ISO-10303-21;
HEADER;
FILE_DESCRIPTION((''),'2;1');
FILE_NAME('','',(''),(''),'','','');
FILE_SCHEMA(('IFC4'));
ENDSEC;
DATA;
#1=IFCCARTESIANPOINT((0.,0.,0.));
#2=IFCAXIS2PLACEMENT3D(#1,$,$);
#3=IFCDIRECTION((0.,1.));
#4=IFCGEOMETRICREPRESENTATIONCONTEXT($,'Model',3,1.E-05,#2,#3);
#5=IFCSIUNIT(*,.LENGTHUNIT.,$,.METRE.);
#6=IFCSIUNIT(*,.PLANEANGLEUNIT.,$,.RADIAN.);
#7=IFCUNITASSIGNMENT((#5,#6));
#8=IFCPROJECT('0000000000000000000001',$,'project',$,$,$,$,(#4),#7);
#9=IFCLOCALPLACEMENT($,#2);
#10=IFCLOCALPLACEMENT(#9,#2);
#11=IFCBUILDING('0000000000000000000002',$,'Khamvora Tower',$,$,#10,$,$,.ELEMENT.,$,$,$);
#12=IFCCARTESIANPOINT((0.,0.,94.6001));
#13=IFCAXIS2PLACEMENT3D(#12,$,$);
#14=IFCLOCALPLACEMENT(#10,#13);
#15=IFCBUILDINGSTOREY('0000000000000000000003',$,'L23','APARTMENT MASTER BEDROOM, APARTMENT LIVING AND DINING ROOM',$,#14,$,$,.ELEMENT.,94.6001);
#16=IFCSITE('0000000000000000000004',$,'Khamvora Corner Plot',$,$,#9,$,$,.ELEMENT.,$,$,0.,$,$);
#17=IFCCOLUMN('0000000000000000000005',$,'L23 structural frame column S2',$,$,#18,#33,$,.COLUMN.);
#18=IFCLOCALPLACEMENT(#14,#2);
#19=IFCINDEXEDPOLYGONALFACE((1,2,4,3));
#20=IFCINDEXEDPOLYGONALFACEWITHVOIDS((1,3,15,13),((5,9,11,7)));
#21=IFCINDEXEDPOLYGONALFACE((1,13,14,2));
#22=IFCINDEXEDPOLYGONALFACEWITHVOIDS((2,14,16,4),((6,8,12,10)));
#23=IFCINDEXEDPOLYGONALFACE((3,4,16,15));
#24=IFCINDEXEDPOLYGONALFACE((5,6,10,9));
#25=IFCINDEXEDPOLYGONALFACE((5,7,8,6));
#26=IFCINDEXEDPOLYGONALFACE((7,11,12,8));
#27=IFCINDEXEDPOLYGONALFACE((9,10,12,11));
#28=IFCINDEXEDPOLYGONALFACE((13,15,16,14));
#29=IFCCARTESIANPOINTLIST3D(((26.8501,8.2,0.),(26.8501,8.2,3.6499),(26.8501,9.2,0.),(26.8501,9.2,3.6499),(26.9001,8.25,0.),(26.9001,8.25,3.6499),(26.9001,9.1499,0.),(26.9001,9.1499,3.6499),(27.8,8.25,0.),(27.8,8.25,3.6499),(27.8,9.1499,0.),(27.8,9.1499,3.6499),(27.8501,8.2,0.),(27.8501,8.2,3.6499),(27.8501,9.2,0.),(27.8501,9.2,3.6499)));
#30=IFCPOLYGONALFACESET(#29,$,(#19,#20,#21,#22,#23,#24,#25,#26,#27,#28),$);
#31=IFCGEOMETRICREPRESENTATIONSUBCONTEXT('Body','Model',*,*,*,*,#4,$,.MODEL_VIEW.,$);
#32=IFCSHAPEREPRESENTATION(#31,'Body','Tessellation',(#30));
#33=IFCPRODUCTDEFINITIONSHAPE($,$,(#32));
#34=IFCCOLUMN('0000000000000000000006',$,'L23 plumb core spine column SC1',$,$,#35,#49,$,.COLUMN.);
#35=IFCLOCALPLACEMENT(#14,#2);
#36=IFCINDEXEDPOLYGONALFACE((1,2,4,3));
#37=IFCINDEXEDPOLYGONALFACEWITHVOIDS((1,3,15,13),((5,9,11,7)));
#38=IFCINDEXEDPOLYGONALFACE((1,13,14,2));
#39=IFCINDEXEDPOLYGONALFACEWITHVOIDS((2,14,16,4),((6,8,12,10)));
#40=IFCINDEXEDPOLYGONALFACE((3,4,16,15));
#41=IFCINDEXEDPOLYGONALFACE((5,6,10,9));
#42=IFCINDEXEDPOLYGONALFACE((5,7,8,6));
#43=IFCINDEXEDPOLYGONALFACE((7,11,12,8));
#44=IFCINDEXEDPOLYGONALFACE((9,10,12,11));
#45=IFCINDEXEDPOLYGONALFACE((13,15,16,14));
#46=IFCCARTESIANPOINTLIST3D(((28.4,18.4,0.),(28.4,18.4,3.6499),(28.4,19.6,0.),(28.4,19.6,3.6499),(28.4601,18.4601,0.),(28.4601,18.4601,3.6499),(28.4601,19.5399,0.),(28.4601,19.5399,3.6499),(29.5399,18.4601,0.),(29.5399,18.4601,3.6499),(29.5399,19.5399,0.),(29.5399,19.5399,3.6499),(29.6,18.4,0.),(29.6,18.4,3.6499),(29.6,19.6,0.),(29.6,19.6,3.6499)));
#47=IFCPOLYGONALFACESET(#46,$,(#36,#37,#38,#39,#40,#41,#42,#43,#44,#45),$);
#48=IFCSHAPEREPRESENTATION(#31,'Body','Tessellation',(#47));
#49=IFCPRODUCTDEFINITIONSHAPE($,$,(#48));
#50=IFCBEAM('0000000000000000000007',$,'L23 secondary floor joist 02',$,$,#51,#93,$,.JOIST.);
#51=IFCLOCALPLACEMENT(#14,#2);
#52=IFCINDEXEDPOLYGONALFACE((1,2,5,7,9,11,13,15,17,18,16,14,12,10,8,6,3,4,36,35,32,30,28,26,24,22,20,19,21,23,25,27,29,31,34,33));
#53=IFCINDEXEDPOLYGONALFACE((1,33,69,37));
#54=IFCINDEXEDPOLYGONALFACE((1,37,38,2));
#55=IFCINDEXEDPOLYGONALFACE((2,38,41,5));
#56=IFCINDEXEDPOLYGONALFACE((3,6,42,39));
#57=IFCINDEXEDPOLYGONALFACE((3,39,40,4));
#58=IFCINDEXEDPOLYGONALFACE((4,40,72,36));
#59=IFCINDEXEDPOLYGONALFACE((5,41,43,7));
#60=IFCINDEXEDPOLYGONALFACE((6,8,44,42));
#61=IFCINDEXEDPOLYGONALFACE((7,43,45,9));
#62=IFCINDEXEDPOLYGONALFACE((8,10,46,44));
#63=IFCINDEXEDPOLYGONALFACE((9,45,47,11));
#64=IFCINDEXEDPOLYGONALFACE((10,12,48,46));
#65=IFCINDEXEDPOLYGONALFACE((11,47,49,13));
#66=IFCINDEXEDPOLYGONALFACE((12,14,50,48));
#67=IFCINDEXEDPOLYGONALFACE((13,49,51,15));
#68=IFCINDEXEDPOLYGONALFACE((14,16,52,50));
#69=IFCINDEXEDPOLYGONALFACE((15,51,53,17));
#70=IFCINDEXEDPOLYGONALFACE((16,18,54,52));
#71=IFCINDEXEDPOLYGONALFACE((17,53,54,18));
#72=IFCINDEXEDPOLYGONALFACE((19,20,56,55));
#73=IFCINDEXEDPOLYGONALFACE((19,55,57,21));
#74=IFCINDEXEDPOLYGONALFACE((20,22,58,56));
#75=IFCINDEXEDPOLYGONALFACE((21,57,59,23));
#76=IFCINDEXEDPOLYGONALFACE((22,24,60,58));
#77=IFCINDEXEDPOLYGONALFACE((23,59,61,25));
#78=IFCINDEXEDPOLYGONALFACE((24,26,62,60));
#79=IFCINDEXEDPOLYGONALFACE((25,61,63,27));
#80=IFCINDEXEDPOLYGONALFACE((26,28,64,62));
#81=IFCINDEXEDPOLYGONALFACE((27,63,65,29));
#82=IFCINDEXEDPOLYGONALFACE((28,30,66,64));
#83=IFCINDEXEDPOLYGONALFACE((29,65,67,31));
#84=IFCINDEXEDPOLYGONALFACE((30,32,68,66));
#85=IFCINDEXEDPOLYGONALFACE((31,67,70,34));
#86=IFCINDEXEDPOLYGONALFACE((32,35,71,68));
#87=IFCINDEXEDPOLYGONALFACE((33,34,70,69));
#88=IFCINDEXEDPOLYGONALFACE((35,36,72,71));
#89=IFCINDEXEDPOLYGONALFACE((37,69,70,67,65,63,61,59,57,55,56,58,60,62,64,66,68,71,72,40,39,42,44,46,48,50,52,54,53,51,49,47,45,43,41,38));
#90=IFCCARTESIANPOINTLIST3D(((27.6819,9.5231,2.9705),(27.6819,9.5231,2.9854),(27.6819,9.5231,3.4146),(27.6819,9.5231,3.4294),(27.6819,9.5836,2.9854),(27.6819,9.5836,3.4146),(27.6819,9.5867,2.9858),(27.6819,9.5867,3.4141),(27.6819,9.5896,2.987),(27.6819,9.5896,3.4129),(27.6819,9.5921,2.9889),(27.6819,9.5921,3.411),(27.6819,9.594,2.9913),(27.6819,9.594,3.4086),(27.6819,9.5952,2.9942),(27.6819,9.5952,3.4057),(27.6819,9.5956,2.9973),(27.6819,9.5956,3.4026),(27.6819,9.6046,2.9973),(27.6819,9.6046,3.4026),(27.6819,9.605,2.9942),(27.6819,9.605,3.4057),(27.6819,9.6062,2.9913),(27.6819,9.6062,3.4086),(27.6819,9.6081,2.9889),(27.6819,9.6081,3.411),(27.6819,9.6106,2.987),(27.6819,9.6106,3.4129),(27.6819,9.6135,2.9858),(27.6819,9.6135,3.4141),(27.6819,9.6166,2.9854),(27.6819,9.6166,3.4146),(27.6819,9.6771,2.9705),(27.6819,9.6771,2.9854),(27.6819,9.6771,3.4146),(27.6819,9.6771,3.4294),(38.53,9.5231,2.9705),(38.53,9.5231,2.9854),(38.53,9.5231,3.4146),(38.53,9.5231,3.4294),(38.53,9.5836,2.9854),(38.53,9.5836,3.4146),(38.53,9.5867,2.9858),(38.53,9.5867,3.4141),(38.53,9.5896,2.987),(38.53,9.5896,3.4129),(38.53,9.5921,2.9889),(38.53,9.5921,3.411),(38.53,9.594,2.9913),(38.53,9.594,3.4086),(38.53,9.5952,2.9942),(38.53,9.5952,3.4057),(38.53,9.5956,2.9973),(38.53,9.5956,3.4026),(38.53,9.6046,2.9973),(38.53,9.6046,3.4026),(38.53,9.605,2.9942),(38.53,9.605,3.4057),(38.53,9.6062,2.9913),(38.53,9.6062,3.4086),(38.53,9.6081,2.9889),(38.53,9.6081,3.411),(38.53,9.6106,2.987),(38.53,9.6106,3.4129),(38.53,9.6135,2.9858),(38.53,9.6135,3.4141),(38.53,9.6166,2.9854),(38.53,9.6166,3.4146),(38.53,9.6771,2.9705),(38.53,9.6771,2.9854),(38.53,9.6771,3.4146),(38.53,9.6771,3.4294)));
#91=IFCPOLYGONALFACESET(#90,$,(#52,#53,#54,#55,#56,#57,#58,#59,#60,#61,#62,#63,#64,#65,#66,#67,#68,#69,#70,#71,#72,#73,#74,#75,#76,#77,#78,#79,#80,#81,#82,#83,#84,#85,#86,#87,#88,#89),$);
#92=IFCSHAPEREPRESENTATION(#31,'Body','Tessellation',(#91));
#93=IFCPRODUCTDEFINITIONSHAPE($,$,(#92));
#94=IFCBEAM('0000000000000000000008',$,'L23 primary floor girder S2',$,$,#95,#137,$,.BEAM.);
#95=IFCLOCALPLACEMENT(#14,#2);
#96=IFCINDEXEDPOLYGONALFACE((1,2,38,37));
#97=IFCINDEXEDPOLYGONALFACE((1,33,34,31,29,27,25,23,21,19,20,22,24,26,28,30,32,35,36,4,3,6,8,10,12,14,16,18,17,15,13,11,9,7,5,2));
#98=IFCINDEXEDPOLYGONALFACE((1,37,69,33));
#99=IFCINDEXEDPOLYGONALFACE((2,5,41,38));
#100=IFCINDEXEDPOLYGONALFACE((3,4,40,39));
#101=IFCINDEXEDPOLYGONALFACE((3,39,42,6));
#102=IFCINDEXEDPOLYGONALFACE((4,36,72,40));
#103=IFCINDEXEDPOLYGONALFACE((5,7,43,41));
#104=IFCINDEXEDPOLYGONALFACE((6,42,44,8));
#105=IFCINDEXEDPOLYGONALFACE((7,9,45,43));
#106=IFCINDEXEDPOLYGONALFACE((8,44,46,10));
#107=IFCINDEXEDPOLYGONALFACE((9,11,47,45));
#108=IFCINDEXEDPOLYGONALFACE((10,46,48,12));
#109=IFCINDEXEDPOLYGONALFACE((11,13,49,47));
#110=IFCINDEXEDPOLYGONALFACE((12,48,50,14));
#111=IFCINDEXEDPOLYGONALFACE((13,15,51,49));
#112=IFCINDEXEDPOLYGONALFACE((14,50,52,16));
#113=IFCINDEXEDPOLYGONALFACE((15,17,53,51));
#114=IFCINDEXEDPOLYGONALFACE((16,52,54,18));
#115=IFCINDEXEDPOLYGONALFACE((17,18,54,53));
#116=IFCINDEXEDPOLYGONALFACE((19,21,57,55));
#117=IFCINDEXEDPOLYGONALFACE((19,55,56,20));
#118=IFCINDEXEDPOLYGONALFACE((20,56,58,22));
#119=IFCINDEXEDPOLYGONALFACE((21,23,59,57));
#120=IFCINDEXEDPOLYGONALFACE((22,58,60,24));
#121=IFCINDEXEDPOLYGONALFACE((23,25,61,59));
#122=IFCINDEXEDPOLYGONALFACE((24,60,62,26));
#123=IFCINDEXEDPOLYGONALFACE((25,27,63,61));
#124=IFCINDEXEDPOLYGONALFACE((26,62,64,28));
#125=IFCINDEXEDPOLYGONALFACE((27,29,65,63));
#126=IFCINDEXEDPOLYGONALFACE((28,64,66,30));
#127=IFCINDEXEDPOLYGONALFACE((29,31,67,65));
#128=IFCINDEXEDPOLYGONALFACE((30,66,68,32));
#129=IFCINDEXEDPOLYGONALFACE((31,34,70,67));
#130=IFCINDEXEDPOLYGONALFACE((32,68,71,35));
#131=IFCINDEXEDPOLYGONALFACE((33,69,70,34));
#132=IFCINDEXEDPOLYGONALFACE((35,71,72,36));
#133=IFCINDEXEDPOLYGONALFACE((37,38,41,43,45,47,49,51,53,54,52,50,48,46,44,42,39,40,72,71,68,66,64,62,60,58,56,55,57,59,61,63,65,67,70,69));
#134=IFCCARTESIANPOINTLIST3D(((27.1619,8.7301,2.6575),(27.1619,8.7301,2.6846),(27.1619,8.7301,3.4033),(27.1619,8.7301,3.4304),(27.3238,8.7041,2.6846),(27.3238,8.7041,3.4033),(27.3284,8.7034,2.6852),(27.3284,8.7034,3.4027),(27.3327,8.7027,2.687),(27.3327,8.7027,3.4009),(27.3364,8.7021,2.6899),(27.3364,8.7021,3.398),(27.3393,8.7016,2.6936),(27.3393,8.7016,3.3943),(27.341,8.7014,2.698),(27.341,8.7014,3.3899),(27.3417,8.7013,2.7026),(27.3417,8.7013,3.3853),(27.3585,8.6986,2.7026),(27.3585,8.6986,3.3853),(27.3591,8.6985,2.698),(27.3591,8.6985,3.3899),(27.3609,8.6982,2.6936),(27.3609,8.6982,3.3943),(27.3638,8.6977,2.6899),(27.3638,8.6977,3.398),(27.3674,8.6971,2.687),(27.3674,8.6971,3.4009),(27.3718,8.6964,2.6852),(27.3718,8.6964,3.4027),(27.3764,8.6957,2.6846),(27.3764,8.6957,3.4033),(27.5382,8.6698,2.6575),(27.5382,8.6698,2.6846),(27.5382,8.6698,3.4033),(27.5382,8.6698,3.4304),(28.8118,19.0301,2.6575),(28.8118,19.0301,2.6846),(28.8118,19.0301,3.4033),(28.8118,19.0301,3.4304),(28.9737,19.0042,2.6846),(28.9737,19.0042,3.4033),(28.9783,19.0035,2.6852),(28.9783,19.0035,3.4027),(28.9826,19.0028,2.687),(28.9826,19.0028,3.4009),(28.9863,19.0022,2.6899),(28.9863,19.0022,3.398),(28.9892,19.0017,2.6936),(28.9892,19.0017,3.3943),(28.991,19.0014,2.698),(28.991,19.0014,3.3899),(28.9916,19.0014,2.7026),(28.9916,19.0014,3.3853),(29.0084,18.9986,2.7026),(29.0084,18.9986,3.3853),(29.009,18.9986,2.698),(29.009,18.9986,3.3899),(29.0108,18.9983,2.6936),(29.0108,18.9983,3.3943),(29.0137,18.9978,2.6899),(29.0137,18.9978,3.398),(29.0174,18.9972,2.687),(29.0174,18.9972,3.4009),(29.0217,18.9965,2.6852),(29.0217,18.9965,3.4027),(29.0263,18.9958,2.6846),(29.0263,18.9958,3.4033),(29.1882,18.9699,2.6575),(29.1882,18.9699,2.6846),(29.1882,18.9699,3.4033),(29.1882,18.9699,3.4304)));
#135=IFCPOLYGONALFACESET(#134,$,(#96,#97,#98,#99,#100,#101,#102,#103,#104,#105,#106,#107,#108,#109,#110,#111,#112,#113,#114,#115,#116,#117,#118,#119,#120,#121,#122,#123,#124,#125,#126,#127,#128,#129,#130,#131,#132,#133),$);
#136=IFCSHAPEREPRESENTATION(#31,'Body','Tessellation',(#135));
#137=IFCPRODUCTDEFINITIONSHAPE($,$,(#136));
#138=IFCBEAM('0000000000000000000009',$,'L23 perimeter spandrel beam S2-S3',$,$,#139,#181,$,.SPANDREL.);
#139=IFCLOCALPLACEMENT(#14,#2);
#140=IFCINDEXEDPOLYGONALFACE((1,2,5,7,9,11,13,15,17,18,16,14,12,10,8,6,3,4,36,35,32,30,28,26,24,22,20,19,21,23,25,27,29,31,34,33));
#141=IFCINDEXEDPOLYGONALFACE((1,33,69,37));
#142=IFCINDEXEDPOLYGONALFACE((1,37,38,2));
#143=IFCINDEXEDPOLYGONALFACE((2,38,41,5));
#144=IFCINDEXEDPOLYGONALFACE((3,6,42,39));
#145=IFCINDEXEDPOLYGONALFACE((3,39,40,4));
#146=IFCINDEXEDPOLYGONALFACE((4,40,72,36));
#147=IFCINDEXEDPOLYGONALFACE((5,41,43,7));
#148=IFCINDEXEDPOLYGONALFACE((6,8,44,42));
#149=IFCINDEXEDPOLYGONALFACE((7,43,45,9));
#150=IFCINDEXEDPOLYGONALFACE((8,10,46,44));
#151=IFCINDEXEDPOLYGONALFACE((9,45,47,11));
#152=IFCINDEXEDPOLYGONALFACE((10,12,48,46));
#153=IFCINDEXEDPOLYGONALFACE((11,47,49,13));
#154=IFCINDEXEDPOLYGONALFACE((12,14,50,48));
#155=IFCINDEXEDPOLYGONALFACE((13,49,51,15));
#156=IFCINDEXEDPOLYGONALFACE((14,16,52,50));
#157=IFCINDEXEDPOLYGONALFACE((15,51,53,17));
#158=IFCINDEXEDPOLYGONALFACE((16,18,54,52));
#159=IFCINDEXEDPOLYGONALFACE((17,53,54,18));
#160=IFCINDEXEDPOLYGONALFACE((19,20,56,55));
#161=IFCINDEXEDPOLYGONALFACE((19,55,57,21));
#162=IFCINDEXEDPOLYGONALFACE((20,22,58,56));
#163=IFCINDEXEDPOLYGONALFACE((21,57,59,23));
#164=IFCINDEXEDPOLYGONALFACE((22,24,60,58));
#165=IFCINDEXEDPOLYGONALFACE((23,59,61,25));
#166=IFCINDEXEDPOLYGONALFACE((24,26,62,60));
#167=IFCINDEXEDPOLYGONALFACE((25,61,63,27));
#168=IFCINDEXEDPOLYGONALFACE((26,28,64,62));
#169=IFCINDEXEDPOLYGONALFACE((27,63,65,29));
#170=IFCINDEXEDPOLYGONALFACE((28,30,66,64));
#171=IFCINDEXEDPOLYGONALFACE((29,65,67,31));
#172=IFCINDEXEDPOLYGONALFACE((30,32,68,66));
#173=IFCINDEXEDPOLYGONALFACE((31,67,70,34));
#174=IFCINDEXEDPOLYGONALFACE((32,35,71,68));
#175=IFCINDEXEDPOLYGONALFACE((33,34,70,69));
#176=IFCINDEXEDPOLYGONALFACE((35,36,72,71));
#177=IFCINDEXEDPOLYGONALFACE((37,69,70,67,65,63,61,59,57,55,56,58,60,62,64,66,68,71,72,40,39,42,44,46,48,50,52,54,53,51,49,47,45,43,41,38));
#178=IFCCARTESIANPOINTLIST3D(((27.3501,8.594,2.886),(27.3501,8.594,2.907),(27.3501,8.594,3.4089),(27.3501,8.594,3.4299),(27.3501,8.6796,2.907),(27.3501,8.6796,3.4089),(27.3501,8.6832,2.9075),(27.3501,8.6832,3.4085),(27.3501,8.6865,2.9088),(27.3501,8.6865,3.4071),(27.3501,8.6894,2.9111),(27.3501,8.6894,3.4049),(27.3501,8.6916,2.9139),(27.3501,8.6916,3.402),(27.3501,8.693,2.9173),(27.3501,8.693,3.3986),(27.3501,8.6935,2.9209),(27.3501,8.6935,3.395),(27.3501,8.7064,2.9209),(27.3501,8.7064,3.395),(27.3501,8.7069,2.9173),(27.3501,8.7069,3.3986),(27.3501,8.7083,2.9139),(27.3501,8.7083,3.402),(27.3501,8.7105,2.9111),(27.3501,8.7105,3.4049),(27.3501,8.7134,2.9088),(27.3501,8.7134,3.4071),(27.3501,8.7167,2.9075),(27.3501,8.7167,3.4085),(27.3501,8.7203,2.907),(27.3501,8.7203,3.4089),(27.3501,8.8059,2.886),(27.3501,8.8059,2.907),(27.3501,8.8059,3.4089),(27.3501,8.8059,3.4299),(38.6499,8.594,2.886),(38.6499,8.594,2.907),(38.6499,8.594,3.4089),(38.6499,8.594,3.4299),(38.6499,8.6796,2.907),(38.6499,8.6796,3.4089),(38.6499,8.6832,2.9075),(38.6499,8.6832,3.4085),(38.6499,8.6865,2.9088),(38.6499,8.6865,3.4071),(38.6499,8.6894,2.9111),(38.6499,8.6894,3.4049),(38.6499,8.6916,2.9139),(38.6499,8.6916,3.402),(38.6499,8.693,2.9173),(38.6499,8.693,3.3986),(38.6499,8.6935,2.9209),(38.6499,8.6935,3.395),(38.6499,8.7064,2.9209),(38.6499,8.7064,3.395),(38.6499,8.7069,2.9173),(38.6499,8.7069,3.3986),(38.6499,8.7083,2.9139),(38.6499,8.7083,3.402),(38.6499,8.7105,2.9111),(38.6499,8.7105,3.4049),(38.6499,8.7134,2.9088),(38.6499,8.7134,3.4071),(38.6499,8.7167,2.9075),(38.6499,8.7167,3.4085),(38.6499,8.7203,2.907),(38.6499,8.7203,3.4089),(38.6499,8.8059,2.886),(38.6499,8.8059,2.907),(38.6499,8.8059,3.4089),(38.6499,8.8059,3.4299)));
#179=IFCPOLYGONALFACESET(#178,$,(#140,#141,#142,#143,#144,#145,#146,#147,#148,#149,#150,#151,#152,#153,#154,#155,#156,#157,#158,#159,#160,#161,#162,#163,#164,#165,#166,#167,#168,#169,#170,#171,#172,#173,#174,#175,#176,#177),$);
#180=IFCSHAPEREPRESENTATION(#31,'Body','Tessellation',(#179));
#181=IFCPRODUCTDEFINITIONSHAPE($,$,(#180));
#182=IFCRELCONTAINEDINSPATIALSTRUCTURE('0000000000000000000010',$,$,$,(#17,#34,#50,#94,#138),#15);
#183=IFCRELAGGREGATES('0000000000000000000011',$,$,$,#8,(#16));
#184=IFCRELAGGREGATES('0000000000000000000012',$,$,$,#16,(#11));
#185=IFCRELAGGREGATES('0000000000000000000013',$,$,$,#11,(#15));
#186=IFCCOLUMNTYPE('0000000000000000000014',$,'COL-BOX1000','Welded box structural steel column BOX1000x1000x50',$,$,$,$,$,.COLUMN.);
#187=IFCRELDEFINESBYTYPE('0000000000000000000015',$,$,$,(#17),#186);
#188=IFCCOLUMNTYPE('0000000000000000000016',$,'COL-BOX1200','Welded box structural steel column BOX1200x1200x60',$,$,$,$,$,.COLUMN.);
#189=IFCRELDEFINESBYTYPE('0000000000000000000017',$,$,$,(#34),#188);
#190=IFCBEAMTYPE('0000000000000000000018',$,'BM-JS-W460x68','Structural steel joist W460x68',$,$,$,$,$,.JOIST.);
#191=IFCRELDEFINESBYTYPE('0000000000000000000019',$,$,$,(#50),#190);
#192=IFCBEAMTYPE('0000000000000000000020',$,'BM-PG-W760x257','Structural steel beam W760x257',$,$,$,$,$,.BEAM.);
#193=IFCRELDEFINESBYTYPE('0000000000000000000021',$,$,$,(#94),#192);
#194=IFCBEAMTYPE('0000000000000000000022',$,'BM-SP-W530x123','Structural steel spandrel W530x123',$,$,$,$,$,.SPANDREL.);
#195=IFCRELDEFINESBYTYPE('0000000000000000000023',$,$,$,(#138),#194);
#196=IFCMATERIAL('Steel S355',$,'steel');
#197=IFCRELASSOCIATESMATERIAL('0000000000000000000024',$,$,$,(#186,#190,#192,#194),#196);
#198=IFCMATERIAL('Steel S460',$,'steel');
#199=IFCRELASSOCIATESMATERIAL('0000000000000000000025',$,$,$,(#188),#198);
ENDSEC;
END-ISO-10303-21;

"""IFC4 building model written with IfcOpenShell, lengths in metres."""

from ifc_helpers import new_model, si_unit, direction, frame, origin, origin_2d, place, context, subcontext, project, spatial, hollow_rectangle, i_section, extrude, material, material_profile, profile_set, type_object, element, save


model = new_model("IFC4")

# Units and contexts
model_context = context("Model", 3, precision=1e-05, world=origin(), true_north=direction((0.0, 1.0)))
body_context = subcontext(model_context, "Body", "Model", "MODEL_VIEW")
ifc_project = project(units=[si_unit("LENGTHUNIT", "METRE"), si_unit("PLANEANGLEUNIT", "RADIAN")], contexts=[model_context])

# Site, building, storey
site_placement = place(None, origin())
site = spatial("IfcSite", under=ifc_project, at=site_placement, Name="Khamvora Corner Plot", CompositionType="ELEMENT", RefElevation=0.0)
building_placement = place(site_placement, origin())
building = spatial("IfcBuilding", under=site, at=building_placement, Name="Khamvora Tower", CompositionType="ELEMENT")
storey_placement = place(building_placement, frame((0.0, 0.0, 94.6001)))
storey = spatial("IfcBuildingStorey", under=building, at=storey_placement, Name="L23", Description="APARTMENT MASTER BEDROOM, APARTMENT LIVING AND DINING ROOM", CompositionType="ELEMENT", Elevation=94.6001)

# Columns
ifc_material_1 = material(Name="Steel S355", Category="steel")
ifc_material_profile_1 = material_profile(ifc_material_1, hollow_rectangle(XDim=1.0, YDim=1.0, WallThickness=0.05, at=origin_2d()), Name="BOX1000x1000x50")
ifc_profile_set_1 = profile_set([ifc_material_profile_1], Name="Steel S355")
column_type_1 = type_object("IfcColumnType", Name="COL-BOX1000", Description="Welded box structural steel column BOX1000x1000x50", PredefinedType="COLUMN", material=ifc_profile_set_1)
column_1_placement = place(storey_placement, frame((27.3501, 8.7, 0.0), z_axis=(0.0, 0.0, 1.0), x_axis=(1.0, 0.0, 0.0)))
element("IfcColumn", 1, at=column_1_placement, inside=storey, type_object=column_type_1, Name="L23 structural frame column S2", PredefinedType="COLUMN", context=body_context, shape_type="SweptSolid", body=[
    extrude(hollow_rectangle(XDim=1.0, YDim=1.0, WallThickness=0.05, at=origin_2d()), origin(), (0.0, 0.0, 1.0), 3.6499),
])
ifc_material_2 = material(Name="Steel S460", Category="steel")
ifc_material_profile_2 = material_profile(ifc_material_2, hollow_rectangle(XDim=1.2, YDim=1.2, WallThickness=0.0601, at=origin_2d()), Name="BOX1200x1200x60")
ifc_profile_set_2 = profile_set([ifc_material_profile_2], Name="Steel S460")
column_type_2 = type_object("IfcColumnType", Name="COL-BOX1200", Description="Welded box structural steel column BOX1200x1200x60", PredefinedType="COLUMN", material=ifc_profile_set_2)
column_2_placement = place(storey_placement, frame((29.0, 19.0, 0.0), z_axis=(0.0, 0.0, 1.0), x_axis=(1.0, 0.0, 0.0)))
element("IfcColumn", 2, at=column_2_placement, inside=storey, type_object=column_type_2, Name="L23 plumb core spine column SC1", PredefinedType="COLUMN", context=body_context, shape_type="SweptSolid", body=[
    extrude(hollow_rectangle(XDim=1.2, YDim=1.2, WallThickness=0.0601, at=origin_2d()), origin(), (0.0, 0.0, 1.0), 3.6499),
])

# Beams
ifc_material_profile_3 = material_profile(ifc_material_1, i_section(OverallWidth=0.1541, OverallDepth=0.459, WebThickness=0.009, FlangeThickness=0.0149, FilletRadius=0.012, at=origin_2d()), Name="W460x68")
ifc_profile_set_3 = profile_set([ifc_material_profile_3], Name="Steel S355")
beam_type_1 = type_object("IfcBeamType", Name="BM-JS-W460x68", Description="Structural steel joist W460x68", PredefinedType="JOIST", material=ifc_profile_set_3)
beam_1_placement = place(storey_placement, frame((27.6819, 9.6001, 3.2), z_axis=(1.0, 0.0, 0.0), x_axis=(0.0, 1.0, 0.0)))
element("IfcBeam", 3, at=beam_1_placement, inside=storey, type_object=beam_type_1, Name="L23 secondary floor joist 02", PredefinedType="JOIST", context=body_context, shape_type="SweptSolid", body=[
    extrude(i_section(OverallWidth=0.1541, OverallDepth=0.459, WebThickness=0.009, FlangeThickness=0.0149, FilletRadius=0.012, at=origin_2d()), origin(), (0.0, 0.0, 1.0), 10.8481),
])
ifc_material_profile_4 = material_profile(ifc_material_1, i_section(OverallWidth=0.3811, OverallDepth=0.7729, WebThickness=0.0171, FlangeThickness=0.0271, FilletRadius=0.0181, at=origin_2d()), Name="W760x257")
ifc_profile_set_4 = profile_set([ifc_material_profile_4], Name="Steel S355")
beam_type_2 = type_object("IfcBeamType", Name="BM-PG-W760x257", Description="Structural steel beam W760x257", PredefinedType="BEAM", material=ifc_profile_set_4)
beam_2_placement = place(storey_placement, frame((29.0, 19.0, 3.0439), z_axis=(-0.158168, -0.987412, 0.0), x_axis=(0.987412, -0.158168, 0.0)))
element("IfcBeam", 4, at=beam_2_placement, inside=storey, type_object=beam_type_2, Name="L23 primary floor girder S2", PredefinedType="BEAM", context=body_context, shape_type="SweptSolid", body=[
    extrude(i_section(OverallWidth=0.3811, OverallDepth=0.7729, WebThickness=0.0171, FlangeThickness=0.0271, FilletRadius=0.0181, at=origin_2d()), origin(), (0.0, 0.0, 1.0), 10.4314),
])
ifc_material_profile_5 = material_profile(ifc_material_1, i_section(OverallWidth=0.2119, OverallDepth=0.5439, WebThickness=0.0129, FlangeThickness=0.021, FilletRadius=0.0139, at=origin_2d()), Name="W530x123")
ifc_profile_set_5 = profile_set([ifc_material_profile_5], Name="Steel S355")
beam_type_3 = type_object("IfcBeamType", Name="BM-SP-W530x123", Description="Structural steel spandrel W530x123", PredefinedType="SPANDREL", material=ifc_profile_set_5)
beam_3_placement = place(storey_placement, frame((27.3501, 8.7, 3.158), z_axis=(1.0, 0.0, 0.0), x_axis=(0.0, 1.0, 0.0)))
element("IfcBeam", 5, at=beam_3_placement, inside=storey, type_object=beam_type_3, Name="L23 perimeter spandrel beam S2-S3", PredefinedType="SPANDREL", context=body_context, shape_type="SweptSolid", body=[
    extrude(i_section(OverallWidth=0.2119, OverallDepth=0.5439, WebThickness=0.0129, FlangeThickness=0.021, FilletRadius=0.0139, at=origin_2d()), origin(), (0.0, 0.0, 1.0), 11.2998),
])

save(model, "model.ifc")
